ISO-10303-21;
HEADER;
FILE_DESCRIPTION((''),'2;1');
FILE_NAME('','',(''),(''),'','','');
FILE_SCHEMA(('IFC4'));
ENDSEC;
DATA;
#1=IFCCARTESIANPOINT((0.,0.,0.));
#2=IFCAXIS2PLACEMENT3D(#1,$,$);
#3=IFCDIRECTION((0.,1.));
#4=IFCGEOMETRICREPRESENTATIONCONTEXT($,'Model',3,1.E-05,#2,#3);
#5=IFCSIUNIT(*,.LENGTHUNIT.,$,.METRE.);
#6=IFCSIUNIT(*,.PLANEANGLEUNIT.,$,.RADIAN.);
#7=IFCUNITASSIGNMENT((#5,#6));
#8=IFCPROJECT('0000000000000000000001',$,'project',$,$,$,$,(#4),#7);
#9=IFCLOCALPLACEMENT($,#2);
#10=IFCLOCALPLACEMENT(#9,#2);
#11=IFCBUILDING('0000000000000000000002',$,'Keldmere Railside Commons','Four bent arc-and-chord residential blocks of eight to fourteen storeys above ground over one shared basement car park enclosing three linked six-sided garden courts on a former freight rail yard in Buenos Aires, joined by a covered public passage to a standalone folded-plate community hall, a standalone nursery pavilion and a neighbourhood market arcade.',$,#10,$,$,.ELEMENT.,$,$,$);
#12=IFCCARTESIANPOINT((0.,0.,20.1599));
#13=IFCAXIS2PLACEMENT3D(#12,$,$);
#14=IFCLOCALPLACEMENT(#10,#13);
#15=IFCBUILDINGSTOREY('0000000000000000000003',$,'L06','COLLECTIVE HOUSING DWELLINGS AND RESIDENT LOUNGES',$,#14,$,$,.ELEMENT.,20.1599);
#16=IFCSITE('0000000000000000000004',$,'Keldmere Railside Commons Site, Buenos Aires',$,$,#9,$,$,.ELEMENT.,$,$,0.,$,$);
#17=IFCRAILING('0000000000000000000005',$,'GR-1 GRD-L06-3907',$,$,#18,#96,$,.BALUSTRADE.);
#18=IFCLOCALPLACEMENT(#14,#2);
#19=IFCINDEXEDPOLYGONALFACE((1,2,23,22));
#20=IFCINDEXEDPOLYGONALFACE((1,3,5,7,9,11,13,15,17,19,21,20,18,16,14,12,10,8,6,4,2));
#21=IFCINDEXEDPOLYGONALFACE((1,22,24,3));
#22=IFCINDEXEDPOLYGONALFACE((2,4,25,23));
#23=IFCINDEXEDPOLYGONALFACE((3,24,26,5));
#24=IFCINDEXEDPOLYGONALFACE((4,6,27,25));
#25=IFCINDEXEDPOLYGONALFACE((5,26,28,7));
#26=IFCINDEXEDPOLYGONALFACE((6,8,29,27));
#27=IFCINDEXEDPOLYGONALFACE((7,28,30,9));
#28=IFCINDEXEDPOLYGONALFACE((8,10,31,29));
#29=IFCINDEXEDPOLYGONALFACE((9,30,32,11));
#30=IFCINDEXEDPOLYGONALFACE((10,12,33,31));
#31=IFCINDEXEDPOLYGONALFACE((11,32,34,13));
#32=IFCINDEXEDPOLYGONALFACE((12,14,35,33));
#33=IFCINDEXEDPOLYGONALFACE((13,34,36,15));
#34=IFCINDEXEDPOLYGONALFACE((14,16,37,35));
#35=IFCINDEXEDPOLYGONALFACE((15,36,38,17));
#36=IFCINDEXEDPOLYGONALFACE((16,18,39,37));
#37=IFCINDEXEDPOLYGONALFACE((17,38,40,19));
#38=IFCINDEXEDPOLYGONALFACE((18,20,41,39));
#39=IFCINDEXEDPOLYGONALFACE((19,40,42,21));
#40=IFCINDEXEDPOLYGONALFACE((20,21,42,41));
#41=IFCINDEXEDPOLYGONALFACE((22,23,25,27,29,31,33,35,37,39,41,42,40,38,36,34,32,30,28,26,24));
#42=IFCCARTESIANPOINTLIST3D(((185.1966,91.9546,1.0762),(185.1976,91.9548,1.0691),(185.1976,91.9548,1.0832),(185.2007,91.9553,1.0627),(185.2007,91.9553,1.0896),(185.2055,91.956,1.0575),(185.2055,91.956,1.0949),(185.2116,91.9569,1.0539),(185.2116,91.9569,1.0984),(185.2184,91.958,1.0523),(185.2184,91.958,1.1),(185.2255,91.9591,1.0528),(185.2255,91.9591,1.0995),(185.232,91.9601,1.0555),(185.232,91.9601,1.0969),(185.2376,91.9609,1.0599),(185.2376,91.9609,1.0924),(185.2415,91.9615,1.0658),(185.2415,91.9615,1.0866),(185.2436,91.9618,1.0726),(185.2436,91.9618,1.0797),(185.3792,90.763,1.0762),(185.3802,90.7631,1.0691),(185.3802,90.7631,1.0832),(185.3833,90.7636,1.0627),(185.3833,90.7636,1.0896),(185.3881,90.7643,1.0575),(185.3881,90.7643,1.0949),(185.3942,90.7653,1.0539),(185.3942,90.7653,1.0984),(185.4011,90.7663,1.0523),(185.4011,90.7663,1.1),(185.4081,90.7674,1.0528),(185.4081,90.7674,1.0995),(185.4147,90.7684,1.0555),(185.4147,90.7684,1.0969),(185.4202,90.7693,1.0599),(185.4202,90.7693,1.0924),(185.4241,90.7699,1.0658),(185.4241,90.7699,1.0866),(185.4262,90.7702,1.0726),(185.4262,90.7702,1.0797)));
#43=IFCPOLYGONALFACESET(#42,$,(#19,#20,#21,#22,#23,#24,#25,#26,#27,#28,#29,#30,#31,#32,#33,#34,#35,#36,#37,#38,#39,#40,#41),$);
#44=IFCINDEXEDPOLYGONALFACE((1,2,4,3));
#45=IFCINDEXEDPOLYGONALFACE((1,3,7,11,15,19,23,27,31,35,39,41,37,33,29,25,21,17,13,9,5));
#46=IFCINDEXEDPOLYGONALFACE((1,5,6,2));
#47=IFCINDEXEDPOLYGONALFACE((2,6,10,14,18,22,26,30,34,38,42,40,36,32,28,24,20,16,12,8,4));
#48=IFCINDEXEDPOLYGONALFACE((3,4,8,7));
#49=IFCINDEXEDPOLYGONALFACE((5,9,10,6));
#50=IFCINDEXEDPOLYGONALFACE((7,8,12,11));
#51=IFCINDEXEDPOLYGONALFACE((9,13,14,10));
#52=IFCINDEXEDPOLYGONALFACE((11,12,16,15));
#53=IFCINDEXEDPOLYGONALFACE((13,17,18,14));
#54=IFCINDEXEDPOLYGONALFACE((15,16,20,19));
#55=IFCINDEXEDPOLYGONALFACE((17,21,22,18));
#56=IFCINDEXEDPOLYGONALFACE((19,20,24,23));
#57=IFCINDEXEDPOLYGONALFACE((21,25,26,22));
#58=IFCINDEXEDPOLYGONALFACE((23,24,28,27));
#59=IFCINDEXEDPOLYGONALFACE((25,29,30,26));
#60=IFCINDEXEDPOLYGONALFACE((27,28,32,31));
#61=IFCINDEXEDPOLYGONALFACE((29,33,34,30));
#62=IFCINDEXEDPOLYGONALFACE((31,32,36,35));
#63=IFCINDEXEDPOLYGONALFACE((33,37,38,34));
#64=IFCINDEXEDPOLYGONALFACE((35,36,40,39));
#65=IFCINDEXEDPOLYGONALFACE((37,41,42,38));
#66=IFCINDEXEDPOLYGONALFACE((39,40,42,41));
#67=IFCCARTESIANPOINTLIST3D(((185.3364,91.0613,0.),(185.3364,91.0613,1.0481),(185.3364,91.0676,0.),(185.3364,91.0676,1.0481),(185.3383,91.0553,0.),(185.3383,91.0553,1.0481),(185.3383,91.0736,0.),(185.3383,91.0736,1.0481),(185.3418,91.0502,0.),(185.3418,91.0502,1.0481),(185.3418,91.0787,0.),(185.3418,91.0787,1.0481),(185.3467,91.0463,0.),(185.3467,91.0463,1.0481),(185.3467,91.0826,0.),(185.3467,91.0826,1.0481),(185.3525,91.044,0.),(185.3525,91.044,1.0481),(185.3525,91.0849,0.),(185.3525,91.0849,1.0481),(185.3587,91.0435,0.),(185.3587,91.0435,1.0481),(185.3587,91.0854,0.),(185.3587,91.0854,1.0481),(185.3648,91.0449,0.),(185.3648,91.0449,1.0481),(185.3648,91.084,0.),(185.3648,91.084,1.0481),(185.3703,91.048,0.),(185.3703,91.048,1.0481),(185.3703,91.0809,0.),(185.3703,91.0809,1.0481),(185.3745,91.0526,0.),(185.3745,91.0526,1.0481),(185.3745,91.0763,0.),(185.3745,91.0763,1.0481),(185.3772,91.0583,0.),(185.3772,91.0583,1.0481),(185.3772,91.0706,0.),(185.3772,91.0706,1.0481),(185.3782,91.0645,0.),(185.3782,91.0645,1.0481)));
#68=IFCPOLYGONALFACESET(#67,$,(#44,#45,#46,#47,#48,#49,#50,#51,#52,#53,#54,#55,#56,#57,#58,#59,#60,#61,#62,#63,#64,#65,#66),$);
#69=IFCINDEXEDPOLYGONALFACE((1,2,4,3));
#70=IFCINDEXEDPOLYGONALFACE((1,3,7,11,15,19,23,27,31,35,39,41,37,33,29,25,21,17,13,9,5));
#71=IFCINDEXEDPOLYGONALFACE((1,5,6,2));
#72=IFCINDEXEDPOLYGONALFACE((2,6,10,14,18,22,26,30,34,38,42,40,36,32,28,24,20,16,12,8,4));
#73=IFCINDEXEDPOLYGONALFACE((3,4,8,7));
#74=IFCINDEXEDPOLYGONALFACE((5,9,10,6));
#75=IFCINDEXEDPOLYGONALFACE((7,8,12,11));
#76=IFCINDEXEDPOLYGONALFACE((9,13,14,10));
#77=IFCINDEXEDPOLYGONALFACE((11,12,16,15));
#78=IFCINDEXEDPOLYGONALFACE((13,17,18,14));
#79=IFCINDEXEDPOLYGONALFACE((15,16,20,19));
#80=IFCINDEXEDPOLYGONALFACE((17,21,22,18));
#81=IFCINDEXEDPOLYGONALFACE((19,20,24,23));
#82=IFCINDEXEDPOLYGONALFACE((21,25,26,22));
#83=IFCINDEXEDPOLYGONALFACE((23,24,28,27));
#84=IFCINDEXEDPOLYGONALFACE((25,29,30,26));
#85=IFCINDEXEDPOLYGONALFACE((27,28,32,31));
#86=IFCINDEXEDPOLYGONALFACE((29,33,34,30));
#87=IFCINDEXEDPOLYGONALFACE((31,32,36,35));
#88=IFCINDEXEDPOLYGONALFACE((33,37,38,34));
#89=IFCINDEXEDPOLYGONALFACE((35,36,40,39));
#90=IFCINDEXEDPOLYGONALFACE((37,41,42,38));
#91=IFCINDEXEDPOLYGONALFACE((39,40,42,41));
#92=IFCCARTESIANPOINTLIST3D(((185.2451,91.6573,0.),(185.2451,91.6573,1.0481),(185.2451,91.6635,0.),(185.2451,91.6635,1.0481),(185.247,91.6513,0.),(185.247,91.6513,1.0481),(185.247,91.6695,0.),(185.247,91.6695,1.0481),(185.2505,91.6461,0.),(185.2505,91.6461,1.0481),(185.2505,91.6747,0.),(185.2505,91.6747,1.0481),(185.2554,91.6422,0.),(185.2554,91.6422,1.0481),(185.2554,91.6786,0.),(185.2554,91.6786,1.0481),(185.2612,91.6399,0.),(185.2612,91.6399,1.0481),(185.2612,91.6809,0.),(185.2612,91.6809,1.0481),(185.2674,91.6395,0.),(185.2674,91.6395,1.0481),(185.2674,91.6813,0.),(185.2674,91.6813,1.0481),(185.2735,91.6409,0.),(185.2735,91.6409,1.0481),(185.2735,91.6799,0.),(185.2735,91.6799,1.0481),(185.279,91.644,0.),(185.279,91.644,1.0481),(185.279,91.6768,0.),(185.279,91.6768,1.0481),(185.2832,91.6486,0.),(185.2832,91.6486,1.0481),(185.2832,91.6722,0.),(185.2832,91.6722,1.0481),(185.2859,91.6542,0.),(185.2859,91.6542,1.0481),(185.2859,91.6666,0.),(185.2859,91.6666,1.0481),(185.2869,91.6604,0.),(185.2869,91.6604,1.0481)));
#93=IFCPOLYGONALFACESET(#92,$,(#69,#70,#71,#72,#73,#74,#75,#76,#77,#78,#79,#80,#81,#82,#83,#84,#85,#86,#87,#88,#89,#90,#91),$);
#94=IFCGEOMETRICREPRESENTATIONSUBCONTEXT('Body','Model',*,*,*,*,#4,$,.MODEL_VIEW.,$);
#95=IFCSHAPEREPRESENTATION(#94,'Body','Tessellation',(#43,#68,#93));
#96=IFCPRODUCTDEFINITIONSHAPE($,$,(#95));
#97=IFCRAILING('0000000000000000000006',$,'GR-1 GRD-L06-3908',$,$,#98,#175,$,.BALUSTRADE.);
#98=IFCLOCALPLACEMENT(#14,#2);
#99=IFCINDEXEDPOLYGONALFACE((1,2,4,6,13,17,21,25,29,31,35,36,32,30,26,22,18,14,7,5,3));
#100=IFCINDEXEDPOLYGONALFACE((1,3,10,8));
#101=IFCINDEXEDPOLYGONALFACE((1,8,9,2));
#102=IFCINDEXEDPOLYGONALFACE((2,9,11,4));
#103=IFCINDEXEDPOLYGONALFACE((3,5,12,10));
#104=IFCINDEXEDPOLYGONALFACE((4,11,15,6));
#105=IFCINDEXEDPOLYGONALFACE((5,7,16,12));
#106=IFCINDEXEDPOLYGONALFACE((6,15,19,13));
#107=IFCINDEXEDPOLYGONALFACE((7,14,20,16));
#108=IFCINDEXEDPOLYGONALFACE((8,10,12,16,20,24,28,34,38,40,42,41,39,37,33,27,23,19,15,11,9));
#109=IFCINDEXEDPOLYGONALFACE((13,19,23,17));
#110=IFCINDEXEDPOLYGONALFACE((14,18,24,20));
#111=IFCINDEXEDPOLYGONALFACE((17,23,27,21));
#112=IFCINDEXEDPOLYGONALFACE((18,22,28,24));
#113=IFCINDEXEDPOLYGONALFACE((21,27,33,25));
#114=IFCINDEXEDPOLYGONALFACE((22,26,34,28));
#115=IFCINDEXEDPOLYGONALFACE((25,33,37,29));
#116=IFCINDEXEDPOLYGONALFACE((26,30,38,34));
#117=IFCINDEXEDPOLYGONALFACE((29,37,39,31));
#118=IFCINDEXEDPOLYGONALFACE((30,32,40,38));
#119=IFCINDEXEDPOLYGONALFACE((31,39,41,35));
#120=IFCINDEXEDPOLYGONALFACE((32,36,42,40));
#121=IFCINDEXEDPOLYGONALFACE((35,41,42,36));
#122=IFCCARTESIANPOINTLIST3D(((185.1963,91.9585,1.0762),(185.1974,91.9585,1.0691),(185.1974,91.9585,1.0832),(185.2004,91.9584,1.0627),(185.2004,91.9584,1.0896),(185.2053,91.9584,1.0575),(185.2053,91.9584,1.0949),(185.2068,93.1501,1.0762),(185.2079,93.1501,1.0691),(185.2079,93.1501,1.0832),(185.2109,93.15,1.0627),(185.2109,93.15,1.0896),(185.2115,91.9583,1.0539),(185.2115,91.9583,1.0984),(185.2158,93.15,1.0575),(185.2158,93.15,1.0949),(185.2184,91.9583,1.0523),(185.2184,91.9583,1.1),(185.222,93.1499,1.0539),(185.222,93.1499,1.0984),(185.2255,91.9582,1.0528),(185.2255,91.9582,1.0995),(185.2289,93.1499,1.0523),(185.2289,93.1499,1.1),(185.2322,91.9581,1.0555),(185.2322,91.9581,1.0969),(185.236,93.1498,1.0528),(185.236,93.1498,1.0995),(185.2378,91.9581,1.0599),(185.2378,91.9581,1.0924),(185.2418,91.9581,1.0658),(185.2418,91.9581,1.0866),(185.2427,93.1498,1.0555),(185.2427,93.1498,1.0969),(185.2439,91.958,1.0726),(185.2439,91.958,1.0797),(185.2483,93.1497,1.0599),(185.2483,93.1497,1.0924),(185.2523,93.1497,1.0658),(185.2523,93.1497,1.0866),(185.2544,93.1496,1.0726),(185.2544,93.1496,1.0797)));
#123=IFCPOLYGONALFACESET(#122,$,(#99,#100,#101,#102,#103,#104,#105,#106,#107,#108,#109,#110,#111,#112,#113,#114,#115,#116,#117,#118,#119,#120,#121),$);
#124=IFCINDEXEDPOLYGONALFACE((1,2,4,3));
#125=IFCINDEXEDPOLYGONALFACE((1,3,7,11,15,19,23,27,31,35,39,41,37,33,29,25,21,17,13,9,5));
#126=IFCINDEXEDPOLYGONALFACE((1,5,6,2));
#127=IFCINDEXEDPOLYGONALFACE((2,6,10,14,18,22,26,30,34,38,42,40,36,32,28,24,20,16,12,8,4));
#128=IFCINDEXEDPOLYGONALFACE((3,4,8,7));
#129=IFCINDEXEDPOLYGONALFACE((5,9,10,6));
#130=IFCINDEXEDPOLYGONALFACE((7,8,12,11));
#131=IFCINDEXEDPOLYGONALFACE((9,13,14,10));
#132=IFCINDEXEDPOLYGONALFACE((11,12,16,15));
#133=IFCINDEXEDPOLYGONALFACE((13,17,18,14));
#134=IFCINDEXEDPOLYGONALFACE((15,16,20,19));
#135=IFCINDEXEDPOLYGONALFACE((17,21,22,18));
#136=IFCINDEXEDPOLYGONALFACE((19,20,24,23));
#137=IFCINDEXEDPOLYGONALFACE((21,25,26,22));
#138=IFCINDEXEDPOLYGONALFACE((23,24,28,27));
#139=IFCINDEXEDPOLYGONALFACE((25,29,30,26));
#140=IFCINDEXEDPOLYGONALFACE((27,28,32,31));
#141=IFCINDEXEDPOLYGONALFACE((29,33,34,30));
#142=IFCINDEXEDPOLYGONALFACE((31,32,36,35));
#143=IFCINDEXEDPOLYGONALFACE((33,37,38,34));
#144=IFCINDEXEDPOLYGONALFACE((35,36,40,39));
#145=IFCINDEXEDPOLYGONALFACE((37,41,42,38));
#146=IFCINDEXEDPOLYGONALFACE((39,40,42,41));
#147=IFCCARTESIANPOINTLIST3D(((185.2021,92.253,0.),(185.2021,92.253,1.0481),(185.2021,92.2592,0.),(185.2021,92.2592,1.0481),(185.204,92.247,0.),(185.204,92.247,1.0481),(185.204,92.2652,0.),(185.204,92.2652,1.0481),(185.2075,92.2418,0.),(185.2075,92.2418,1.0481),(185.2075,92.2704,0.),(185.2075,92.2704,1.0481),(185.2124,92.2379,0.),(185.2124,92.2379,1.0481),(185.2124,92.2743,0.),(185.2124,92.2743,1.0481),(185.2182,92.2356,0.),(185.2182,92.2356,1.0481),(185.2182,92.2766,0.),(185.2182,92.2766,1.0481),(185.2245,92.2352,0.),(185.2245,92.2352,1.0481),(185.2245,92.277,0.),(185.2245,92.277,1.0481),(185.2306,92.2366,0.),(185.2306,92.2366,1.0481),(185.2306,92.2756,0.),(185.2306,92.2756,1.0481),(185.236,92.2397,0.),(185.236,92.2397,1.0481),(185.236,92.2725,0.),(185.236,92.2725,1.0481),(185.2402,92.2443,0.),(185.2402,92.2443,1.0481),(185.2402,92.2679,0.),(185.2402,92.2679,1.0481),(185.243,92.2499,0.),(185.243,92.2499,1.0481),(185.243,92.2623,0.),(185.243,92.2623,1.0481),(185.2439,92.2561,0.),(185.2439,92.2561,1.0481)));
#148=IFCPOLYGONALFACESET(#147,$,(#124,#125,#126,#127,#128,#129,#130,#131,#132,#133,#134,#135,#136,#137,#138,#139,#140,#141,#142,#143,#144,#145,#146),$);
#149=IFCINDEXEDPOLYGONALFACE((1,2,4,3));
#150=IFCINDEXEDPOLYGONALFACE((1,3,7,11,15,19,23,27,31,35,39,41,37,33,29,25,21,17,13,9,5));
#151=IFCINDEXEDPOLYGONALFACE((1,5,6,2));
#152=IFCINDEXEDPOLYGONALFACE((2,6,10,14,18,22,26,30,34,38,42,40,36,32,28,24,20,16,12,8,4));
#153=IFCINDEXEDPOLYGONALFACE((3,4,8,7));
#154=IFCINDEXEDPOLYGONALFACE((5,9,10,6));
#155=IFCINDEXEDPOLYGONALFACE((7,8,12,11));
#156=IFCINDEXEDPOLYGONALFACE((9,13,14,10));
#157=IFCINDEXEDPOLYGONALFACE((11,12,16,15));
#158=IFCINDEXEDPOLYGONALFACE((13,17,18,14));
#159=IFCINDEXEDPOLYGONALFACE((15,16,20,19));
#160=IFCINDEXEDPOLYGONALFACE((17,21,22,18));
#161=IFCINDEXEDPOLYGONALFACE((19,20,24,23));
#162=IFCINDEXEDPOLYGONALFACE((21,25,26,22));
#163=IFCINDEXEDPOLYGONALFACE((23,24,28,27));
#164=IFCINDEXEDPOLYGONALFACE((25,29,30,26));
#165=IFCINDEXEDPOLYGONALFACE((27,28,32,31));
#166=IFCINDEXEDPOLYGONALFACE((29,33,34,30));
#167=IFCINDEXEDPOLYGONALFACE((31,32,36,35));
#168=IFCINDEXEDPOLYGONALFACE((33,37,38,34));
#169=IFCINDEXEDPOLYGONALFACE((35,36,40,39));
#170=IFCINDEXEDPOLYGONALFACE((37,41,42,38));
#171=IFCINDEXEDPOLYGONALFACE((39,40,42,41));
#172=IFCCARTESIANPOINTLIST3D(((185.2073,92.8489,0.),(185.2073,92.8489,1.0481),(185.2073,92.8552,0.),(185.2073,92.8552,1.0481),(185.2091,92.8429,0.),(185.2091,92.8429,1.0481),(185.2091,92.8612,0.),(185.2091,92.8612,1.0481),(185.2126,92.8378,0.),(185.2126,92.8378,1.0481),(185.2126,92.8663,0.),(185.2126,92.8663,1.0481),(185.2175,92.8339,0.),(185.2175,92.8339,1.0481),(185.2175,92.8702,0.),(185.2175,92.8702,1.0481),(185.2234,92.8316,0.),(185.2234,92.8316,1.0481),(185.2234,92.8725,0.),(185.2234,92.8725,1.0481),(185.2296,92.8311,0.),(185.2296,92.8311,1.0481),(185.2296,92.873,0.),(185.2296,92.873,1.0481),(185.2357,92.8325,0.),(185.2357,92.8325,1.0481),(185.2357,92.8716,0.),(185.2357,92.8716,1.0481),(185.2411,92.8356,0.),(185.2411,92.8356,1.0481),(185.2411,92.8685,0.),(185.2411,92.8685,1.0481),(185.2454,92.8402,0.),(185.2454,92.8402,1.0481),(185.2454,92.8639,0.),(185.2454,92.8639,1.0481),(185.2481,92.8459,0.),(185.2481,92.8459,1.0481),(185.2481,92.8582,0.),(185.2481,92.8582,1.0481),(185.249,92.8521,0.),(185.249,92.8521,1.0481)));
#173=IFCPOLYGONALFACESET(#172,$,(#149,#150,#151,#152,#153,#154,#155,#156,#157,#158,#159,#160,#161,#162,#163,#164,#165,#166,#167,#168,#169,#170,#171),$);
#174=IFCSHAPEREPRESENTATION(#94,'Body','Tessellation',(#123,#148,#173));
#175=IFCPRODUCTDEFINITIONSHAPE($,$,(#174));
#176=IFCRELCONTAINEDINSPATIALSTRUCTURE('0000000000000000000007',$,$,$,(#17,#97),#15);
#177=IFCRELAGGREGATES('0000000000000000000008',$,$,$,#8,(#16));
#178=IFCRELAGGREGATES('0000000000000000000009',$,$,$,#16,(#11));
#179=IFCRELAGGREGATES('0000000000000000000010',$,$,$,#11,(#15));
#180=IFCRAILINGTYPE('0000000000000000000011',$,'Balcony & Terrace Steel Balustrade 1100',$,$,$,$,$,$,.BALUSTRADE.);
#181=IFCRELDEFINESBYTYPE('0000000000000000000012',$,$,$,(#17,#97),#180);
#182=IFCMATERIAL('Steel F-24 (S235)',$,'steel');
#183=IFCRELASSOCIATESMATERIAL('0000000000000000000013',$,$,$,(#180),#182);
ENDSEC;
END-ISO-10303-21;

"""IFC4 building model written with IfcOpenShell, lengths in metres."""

from ifc_helpers import new_model, si_unit, direction, frame, origin, origin_2d, place, context, subcontext, project, spatial, circle, extrude, material, type_object, element, save


model = new_model("IFC4")

# Units and contexts
model_context = context("Model", 3, precision=1e-05, world=origin(), true_north=direction((0.0, 1.0)))
body_context = subcontext(model_context, "Body", "Model", "MODEL_VIEW")
ifc_project = project(units=[si_unit("LENGTHUNIT", "METRE"), si_unit("PLANEANGLEUNIT", "RADIAN")], contexts=[model_context])

# Site, building, storey
site_placement = place(None, origin())
site = spatial("IfcSite", under=ifc_project, at=site_placement, Name="Keldmere Railside Commons Site, Buenos Aires", CompositionType="ELEMENT", RefElevation=0.0)
building_placement = place(site_placement, origin())
building = spatial("IfcBuilding", under=site, at=building_placement, Name="Keldmere Railside Commons", Description="Four bent arc-and-chord residential blocks of eight to fourteen storeys above ground over one shared basement car park enclosing three linked six-sided garden courts on a former freight rail yard in Buenos Aires, joined by a covered public passage to a standalone folded-plate community hall, a standalone nursery pavilion and a neighbourhood market arcade.", CompositionType="ELEMENT")
storey_placement = place(building_placement, frame((0.0, 0.0, 20.1599)))
storey = spatial("IfcBuildingStorey", under=building, at=storey_placement, Name="L06", Description="COLLECTIVE HOUSING DWELLINGS AND RESIDENT LOUNGES", CompositionType="ELEMENT", Elevation=20.1599)

# Railings
ifc_material_1 = material(Name="Steel F-24 (S235)", Category="steel")
railing_type = type_object("IfcRailingType", Name="Balcony & Terrace Steel Balustrade 1100", PredefinedType="BALUSTRADE", material=ifc_material_1)
railing_1_placement = place(storey_placement, frame((185.4028, 90.7666, 0.0)))
element("IfcRailing", 1, at=railing_1_placement, inside=storey, type_object=railing_type, Name="GR-1 GRD-L06-3907", PredefinedType="BALUSTRADE", context=body_context, shape_type="SweptSolid", body=[
    extrude(circle(Radius=0.0239, at=origin_2d()), frame((0.0, 0.0, 1.0762), z_axis=(-0.151479, 0.98846, 0.0), x_axis=(-0.98846, -0.151479, 0.0)), (0.0, 0.0, 1.0), 1.2056),
    extrude(circle(Radius=0.021, at=origin_2d()), frame((-0.0457, 0.2979, 0.0)), (0.0, 0.0, 1.0), 1.0481),
    extrude(circle(Radius=0.021, at=origin_2d()), frame((-0.137, 0.8938, 0.0)), (0.0, 0.0, 1.0), 1.0481),
])
railing_2_placement = place(storey_placement, frame((185.2202, 91.9583, 0.0)))
element("IfcRailing", 2, at=railing_2_placement, inside=storey, type_object=railing_type, Name="GR-1 GRD-L06-3908", PredefinedType="BALUSTRADE", context=body_context, shape_type="SweptSolid", body=[
    extrude(circle(Radius=0.0239, at=origin_2d()), frame((0.0, 0.0, 1.0762), z_axis=(0.008809, 0.999961, 0.0), x_axis=(-0.999961, 0.008809, 0.0)), (0.0, 0.0, 1.0), 1.1917),
    extrude(circle(Radius=0.021, at=origin_2d()), frame((0.0027, 0.2979, 0.0)), (0.0, 0.0, 1.0), 1.0481),
    extrude(circle(Radius=0.021, at=origin_2d()), frame((0.0078, 0.8938, 0.0)), (0.0, 0.0, 1.0), 1.0481),
])

save(model, "model.ifc")
